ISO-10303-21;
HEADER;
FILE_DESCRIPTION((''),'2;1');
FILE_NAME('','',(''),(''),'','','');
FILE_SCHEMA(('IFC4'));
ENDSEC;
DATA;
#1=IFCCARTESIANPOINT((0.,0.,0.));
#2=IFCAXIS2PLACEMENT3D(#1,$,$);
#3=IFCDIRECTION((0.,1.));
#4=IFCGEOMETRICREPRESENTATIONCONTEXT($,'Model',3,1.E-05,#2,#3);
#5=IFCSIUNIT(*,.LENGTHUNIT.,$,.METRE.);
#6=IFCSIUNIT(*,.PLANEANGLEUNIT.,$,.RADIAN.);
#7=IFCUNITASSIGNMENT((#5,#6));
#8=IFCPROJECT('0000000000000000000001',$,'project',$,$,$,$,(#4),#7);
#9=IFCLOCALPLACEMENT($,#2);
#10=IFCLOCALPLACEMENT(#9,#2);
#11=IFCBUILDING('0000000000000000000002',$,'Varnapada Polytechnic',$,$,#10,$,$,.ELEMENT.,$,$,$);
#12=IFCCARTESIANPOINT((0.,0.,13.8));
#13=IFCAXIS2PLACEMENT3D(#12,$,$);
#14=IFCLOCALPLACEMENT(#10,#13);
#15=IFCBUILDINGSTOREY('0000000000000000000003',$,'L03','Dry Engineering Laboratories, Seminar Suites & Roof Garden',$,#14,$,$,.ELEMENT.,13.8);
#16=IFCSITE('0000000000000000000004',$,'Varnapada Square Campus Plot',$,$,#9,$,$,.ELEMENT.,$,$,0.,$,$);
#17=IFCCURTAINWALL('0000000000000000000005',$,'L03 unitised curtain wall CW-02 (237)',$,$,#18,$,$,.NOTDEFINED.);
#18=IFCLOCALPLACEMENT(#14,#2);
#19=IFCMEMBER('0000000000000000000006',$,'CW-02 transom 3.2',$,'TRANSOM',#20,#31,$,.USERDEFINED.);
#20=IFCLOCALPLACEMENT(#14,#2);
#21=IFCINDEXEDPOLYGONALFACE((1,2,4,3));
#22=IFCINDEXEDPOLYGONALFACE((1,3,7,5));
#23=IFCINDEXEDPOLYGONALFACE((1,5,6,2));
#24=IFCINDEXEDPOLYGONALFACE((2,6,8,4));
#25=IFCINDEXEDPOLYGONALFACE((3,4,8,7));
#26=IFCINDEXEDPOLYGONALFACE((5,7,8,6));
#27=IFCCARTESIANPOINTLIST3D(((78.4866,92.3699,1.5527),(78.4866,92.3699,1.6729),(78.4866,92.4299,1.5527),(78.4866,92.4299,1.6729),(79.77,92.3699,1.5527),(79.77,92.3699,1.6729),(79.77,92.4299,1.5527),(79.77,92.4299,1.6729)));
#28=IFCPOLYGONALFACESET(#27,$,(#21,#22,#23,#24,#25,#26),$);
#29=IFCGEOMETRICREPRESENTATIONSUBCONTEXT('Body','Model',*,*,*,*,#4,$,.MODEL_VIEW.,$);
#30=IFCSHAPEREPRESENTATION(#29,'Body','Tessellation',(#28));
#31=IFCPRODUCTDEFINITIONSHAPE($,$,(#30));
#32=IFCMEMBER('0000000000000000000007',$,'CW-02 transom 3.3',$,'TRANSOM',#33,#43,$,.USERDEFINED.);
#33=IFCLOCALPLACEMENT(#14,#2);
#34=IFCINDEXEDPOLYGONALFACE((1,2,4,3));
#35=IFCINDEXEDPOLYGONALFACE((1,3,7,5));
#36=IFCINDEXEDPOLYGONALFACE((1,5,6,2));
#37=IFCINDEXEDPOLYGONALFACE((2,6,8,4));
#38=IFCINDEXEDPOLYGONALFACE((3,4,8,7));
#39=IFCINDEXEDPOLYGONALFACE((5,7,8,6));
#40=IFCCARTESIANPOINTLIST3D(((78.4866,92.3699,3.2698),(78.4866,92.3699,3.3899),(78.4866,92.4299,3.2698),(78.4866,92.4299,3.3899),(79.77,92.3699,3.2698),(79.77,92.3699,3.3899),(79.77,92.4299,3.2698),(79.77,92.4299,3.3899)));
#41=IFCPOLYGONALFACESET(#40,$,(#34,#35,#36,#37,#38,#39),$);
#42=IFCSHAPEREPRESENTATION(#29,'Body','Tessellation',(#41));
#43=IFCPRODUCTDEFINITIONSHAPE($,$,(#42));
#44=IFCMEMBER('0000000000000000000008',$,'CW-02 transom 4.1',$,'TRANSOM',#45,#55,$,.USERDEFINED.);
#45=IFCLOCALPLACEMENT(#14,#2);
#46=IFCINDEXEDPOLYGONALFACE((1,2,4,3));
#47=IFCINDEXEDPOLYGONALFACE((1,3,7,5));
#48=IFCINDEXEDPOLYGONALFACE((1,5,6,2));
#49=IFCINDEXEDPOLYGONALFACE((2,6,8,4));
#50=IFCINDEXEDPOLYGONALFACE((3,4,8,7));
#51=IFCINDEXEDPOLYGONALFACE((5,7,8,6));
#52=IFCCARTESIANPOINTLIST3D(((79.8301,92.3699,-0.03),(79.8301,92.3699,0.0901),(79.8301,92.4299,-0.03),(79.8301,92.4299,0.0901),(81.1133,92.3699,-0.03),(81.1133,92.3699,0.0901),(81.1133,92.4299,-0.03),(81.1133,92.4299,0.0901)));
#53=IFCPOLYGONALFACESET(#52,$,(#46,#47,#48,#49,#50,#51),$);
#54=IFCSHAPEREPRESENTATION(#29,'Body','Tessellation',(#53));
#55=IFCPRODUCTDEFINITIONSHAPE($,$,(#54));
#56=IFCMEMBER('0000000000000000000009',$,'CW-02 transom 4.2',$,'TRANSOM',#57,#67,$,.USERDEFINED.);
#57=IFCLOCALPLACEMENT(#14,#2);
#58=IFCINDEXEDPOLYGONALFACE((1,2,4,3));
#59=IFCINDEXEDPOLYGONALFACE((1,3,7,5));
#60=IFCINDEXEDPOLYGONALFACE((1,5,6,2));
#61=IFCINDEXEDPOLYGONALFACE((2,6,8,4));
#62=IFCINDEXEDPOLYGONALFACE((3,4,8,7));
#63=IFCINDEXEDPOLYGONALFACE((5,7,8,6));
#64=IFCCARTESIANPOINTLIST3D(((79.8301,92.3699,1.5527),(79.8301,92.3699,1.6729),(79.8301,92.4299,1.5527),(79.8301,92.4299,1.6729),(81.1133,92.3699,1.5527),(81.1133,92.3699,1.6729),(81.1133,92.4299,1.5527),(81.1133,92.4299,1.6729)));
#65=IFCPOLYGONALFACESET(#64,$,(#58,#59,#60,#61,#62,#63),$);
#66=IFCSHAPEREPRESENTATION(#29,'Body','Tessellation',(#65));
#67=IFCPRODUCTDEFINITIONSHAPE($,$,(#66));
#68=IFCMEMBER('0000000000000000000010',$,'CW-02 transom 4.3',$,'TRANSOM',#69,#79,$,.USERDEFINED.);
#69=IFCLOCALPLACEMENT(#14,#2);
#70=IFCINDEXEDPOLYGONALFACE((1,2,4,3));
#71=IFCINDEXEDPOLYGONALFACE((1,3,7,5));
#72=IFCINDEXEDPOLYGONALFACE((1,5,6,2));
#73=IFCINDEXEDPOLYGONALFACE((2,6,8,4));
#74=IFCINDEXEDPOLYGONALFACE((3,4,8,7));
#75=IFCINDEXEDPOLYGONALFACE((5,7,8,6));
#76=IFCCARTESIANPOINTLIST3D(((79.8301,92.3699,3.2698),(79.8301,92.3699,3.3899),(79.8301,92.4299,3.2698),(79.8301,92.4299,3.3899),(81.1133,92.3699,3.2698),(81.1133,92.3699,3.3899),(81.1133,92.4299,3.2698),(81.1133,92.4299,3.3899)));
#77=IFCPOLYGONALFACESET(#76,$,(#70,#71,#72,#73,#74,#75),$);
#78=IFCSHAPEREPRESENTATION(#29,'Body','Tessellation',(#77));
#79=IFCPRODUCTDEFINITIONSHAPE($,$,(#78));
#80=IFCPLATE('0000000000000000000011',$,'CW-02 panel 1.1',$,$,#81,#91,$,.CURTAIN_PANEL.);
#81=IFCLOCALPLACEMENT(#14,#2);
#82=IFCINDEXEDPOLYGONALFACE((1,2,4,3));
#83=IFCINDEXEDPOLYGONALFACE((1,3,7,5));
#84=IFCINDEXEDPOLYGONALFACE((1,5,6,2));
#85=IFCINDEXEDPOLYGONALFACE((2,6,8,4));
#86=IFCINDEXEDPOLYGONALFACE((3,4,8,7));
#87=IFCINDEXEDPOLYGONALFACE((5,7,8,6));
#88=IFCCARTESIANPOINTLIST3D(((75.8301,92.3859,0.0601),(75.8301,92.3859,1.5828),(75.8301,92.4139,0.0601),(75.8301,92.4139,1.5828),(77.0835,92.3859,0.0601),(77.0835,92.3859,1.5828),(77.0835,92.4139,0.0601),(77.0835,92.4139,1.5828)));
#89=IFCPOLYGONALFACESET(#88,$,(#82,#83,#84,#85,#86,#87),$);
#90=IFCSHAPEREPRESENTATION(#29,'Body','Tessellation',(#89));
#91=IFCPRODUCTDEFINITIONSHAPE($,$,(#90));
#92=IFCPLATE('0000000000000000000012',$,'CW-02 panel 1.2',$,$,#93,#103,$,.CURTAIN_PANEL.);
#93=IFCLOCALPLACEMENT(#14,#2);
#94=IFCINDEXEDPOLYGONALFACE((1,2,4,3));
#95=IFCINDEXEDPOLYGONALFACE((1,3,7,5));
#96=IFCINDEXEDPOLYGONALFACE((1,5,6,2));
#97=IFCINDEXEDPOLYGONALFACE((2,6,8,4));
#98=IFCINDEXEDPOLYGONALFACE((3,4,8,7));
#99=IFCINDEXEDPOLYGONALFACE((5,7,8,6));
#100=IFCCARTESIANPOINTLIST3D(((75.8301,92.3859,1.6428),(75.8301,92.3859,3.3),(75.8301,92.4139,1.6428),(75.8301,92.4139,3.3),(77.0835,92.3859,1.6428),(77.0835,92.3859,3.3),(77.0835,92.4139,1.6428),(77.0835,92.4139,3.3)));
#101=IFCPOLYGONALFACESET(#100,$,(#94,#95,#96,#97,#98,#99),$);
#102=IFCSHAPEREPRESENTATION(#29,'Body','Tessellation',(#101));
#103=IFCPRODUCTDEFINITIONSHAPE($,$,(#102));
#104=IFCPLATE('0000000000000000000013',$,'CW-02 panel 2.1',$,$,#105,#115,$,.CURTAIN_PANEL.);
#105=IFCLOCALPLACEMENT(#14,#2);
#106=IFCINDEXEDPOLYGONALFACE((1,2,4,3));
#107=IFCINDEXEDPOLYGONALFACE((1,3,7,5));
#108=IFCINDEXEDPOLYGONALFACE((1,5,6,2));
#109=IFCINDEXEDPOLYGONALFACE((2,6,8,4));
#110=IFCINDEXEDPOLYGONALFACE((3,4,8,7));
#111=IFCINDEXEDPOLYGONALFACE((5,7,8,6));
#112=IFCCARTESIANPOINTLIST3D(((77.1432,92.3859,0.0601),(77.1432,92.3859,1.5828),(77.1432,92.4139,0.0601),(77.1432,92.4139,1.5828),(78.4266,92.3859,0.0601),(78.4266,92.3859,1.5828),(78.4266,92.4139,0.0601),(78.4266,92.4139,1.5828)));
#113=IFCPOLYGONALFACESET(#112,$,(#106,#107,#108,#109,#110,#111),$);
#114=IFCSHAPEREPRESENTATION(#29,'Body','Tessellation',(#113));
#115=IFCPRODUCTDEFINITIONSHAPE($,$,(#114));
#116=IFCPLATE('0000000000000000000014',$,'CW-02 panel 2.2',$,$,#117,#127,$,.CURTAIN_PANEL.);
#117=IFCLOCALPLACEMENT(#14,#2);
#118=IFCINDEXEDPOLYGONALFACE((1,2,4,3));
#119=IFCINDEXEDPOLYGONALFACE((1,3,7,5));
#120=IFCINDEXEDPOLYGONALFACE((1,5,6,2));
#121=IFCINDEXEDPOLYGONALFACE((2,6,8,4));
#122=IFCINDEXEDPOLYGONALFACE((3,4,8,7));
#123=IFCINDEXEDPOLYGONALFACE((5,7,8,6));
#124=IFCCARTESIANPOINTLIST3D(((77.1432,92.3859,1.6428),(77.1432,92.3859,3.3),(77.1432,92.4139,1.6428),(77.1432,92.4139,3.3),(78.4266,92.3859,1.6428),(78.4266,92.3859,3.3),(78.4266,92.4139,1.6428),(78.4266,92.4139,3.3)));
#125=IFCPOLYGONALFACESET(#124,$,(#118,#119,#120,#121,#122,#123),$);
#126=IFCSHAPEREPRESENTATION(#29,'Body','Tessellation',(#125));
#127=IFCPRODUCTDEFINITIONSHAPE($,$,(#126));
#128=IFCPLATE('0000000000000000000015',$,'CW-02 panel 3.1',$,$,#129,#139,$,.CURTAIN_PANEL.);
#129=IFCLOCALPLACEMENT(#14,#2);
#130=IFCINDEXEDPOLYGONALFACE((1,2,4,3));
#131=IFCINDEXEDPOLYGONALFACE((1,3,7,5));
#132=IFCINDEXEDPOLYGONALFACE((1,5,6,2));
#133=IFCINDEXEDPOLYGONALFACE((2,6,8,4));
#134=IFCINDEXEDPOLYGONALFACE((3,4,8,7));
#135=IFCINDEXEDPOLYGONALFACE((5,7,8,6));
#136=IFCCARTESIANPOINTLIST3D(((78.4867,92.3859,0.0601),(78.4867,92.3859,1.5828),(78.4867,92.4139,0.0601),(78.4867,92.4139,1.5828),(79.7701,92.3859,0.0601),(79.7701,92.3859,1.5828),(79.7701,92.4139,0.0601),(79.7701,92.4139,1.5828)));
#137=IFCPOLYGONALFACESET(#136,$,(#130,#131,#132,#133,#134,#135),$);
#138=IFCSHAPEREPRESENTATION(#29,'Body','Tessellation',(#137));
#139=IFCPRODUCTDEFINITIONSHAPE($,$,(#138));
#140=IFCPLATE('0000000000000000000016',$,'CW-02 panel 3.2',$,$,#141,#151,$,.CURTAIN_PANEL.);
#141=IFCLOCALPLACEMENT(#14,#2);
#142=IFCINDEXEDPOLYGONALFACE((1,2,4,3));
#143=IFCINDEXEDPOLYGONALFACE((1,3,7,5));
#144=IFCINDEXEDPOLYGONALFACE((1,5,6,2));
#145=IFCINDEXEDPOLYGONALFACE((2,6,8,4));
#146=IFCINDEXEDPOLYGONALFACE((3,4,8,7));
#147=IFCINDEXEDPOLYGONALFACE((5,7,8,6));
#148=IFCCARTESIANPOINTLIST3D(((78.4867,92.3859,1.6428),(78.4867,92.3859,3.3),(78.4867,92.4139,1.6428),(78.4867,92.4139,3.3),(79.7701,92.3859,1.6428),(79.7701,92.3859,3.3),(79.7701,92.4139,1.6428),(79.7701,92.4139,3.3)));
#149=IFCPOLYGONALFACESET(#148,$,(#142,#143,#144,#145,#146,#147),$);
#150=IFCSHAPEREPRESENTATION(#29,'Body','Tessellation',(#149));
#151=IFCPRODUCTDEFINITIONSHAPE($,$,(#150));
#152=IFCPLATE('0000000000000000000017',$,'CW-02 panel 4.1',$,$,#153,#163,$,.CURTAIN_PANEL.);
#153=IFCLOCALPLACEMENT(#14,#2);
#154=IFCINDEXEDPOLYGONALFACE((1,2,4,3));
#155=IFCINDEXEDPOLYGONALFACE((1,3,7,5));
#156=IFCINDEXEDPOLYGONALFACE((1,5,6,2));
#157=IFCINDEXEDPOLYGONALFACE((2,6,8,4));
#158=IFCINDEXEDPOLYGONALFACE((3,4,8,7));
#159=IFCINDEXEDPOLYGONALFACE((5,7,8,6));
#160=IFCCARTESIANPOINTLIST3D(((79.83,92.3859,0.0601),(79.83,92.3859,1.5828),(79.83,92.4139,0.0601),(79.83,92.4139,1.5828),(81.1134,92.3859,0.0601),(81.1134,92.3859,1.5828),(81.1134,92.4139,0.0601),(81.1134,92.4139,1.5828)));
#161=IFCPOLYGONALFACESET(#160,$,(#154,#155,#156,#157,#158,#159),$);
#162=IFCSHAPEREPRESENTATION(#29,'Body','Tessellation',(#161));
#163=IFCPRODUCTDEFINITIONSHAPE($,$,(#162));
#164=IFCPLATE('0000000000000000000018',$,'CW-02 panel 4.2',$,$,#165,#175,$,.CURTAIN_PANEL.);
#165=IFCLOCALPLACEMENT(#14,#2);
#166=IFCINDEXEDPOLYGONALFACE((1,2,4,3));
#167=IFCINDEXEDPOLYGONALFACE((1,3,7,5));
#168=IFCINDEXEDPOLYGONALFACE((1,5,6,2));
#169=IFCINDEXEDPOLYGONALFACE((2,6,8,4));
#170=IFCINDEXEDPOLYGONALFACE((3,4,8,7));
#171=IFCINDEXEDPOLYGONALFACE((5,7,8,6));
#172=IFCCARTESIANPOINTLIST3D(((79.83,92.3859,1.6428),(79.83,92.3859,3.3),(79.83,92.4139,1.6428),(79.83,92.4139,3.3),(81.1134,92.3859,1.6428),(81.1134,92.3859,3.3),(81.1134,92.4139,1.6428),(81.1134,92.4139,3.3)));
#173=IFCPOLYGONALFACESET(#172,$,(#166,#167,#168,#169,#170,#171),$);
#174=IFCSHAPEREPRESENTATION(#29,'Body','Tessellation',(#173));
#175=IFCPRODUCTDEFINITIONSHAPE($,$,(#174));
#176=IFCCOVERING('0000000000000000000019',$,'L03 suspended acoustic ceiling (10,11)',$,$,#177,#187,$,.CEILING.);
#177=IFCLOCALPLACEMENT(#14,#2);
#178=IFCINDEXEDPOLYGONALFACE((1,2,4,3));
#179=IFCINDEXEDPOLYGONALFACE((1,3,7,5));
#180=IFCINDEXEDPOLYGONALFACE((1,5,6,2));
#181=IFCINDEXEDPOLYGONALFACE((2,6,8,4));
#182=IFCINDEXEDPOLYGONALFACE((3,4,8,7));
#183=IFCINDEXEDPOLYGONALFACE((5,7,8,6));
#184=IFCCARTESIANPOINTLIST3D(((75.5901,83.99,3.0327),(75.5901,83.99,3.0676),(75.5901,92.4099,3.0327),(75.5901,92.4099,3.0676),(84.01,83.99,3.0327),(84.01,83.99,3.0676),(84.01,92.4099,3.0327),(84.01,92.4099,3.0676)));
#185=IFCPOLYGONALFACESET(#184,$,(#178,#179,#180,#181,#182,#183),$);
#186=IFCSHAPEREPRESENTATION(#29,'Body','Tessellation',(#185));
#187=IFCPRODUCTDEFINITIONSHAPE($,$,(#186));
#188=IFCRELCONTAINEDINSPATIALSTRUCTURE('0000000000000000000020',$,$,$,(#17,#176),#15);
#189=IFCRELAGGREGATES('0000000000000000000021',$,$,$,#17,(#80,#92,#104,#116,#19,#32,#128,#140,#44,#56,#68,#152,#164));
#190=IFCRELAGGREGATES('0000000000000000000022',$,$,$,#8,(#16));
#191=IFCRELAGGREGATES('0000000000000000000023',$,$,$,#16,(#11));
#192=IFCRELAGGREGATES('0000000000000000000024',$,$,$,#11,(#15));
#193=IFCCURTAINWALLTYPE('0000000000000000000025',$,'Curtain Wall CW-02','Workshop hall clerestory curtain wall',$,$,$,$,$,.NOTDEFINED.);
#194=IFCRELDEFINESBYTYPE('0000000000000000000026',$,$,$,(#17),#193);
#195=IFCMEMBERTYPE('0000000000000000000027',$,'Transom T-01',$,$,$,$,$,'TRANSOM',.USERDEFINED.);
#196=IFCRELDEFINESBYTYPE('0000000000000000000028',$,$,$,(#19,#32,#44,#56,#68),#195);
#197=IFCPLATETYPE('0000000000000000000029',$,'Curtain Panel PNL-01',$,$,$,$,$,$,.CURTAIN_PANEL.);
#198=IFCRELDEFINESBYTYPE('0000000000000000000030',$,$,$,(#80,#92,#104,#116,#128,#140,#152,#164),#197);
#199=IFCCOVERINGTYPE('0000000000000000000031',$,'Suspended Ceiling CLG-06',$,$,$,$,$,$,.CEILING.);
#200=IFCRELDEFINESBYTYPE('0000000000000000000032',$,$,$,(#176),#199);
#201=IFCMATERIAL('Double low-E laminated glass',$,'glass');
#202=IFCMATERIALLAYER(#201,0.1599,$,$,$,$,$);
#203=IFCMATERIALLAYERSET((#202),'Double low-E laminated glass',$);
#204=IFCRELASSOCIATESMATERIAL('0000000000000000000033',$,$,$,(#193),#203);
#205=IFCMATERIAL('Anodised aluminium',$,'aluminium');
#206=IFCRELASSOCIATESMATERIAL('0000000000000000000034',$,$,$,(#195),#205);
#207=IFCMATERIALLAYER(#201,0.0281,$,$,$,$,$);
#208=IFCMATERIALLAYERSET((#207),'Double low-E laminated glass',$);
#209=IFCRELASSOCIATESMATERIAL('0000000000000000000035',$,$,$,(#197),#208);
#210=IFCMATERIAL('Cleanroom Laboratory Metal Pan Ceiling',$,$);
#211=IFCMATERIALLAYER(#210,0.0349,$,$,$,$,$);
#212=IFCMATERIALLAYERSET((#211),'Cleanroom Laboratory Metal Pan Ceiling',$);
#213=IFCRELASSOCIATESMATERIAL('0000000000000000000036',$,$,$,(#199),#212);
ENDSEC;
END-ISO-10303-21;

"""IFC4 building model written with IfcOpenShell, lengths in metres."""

from ifc_helpers import new_model, si_unit, direction, frame, origin, origin_2d, place, context, subcontext, project, spatial, rectangle, extrude, material, layer, layer_set, material_profile, profile_set, type_object, element, aggregate, save


model = new_model("IFC4")

# Units and contexts
model_context = context("Model", 3, precision=1e-05, world=origin(), true_north=direction((0.0, 1.0)))
body_context = subcontext(model_context, "Body", "Model", "MODEL_VIEW")
ifc_project = project(units=[si_unit("LENGTHUNIT", "METRE"), si_unit("PLANEANGLEUNIT", "RADIAN")], contexts=[model_context])

# Site, building, storey
site_placement = place(None, origin())
site = spatial("IfcSite", under=ifc_project, at=site_placement, Name="Varnapada Square Campus Plot", CompositionType="ELEMENT", RefElevation=0.0)
building_placement = place(site_placement, origin())
building = spatial("IfcBuilding", under=site, at=building_placement, Name="Varnapada Polytechnic", CompositionType="ELEMENT")
storey_placement = place(building_placement, frame((0.0, 0.0, 13.8)))
storey = spatial("IfcBuildingStorey", under=building, at=storey_placement, Name="L03", Description="Dry Engineering Laboratories, Seminar Suites & Roof Garden", CompositionType="ELEMENT", Elevation=13.8)

# Curtain wall
ifc_material_1 = material(Name="Double low-E laminated glass", Category="glass")
ifc_layer_1 = layer(ifc_material_1, 0.1599)
ifc_layer_set_1 = layer_set([ifc_layer_1], Name="Double low-E laminated glass")
curtain_wall_type = type_object("IfcCurtainWallType", Name="Curtain Wall CW-02", Description="Workshop hall clerestory curtain wall", PredefinedType="NOTDEFINED", material=ifc_layer_set_1)
curtain_wall_placement = place(storey_placement, origin())
curtain_wall = element("IfcCurtainWall", 1, at=curtain_wall_placement, inside=storey, type_object=curtain_wall_type, Name="L03 unitised curtain wall CW-02 (237)", PredefinedType="NOTDEFINED")
ifc_material_2 = material(Name="Anodised aluminium", Category="aluminium")

# Members
ifc_material_profile_1 = material_profile(ifc_material_2, rectangle(XDim=0.0601, YDim=0.1201, at=origin_2d()), Name="ALU T60x120")
ifc_profile_set_1 = profile_set([ifc_material_profile_1], Name="Anodised aluminium")
member_type_1 = type_object("IfcMemberType", Name="Transom T-01", ElementType="TRANSOM", PredefinedType="USERDEFINED", material=ifc_profile_set_1)
member_1_placement = place(storey_placement, frame((78.4866, 92.3999, 1.6128), z_axis=(1.0, 0.0, 0.0), x_axis=(0.0, 1.0, 0.0)))
member_1 = element("IfcMember", 2, at=member_1_placement, type_object=member_type_1, Name="CW-02 transom 3.2", ObjectType="TRANSOM", PredefinedType="USERDEFINED", context=body_context, shape_type="SweptSolid", body=[
    extrude(rectangle(XDim=0.0601, YDim=0.1201, at=origin_2d()), origin(), (0.0, 0.0, 1.0), 1.2834),
])
member_2_placement = place(storey_placement, frame((78.4866, 92.3999, 3.3298), z_axis=(1.0, 0.0, 0.0), x_axis=(0.0, 1.0, 0.0)))
member_2 = element("IfcMember", 3, at=member_2_placement, type_object=member_type_1, Name="CW-02 transom 3.3", ObjectType="TRANSOM", PredefinedType="USERDEFINED", context=body_context, shape_type="SweptSolid", body=[
    extrude(rectangle(XDim=0.0601, YDim=0.1201, at=origin_2d()), origin(), (0.0, 0.0, 1.0), 1.2834),
])
member_3_placement = place(storey_placement, frame((79.8301, 92.3999, 0.03), z_axis=(1.0, 0.0, 0.0), x_axis=(0.0, 1.0, 0.0)))
member_3 = element("IfcMember", 4, at=member_3_placement, type_object=member_type_1, Name="CW-02 transom 4.1", ObjectType="TRANSOM", PredefinedType="USERDEFINED", context=body_context, shape_type="SweptSolid", body=[
    extrude(rectangle(XDim=0.0601, YDim=0.1201, at=origin_2d()), origin(), (0.0, 0.0, 1.0), 1.2832),
])
member_4_placement = place(storey_placement, frame((79.8301, 92.3999, 1.6128), z_axis=(1.0, 0.0, 0.0), x_axis=(0.0, 1.0, 0.0)))
member_4 = element("IfcMember", 5, at=member_4_placement, type_object=member_type_1, Name="CW-02 transom 4.2", ObjectType="TRANSOM", PredefinedType="USERDEFINED", context=body_context, shape_type="SweptSolid", body=[
    extrude(rectangle(XDim=0.0601, YDim=0.1201, at=origin_2d()), origin(), (0.0, 0.0, 1.0), 1.2832),
])
member_5_placement = place(storey_placement, frame((79.8301, 92.3999, 3.3298), z_axis=(1.0, 0.0, 0.0), x_axis=(0.0, 1.0, 0.0)))
member_5 = element("IfcMember", 6, at=member_5_placement, type_object=member_type_1, Name="CW-02 transom 4.3", ObjectType="TRANSOM", PredefinedType="USERDEFINED", context=body_context, shape_type="SweptSolid", body=[
    extrude(rectangle(XDim=0.0601, YDim=0.1201, at=origin_2d()), origin(), (0.0, 0.0, 1.0), 1.2832),
])

# Plates
ifc_layer_2 = layer(ifc_material_1, 0.0281)
ifc_layer_set_2 = layer_set([ifc_layer_2], Name="Double low-E laminated glass")
plate_type = type_object("IfcPlateType", Name="Curtain Panel PNL-01", PredefinedType="CURTAIN_PANEL", material=ifc_layer_set_2)
plate_1_placement = place(storey_placement, frame((76.4568, 92.3999, 0.0601), z_axis=(0.0, 0.0, 1.0), x_axis=(1.0, 0.0, 0.0)))
plate_1 = element("IfcPlate", 7, at=plate_1_placement, type_object=plate_type, Name="CW-02 panel 1.1", PredefinedType="CURTAIN_PANEL", context=body_context, shape_type="SweptSolid", body=[
    extrude(rectangle(XDim=1.2534, YDim=0.0281, at=origin_2d()), origin(), (0.0, 0.0, 1.0), 1.5227),
])
plate_2_placement = place(storey_placement, frame((76.4568, 92.3999, 1.6428), z_axis=(0.0, 0.0, 1.0), x_axis=(1.0, 0.0, 0.0)))
plate_2 = element("IfcPlate", 8, at=plate_2_placement, type_object=plate_type, Name="CW-02 panel 1.2", PredefinedType="CURTAIN_PANEL", context=body_context, shape_type="SweptSolid", body=[
    extrude(rectangle(XDim=1.2534, YDim=0.0281, at=origin_2d()), origin(), (0.0, 0.0, 1.0), 1.6572),
])
plate_3_placement = place(storey_placement, frame((77.7849, 92.3999, 0.0601), z_axis=(0.0, 0.0, 1.0), x_axis=(1.0, 0.0, 0.0)))
plate_3 = element("IfcPlate", 9, at=plate_3_placement, type_object=plate_type, Name="CW-02 panel 2.1", PredefinedType="CURTAIN_PANEL", context=body_context, shape_type="SweptSolid", body=[
    extrude(rectangle(XDim=1.2834, YDim=0.0281, at=origin_2d()), origin(), (0.0, 0.0, 1.0), 1.5227),
])
plate_4_placement = place(storey_placement, frame((77.7849, 92.3999, 1.6428), z_axis=(0.0, 0.0, 1.0), x_axis=(1.0, 0.0, 0.0)))
plate_4 = element("IfcPlate", 10, at=plate_4_placement, type_object=plate_type, Name="CW-02 panel 2.2", PredefinedType="CURTAIN_PANEL", context=body_context, shape_type="SweptSolid", body=[
    extrude(rectangle(XDim=1.2834, YDim=0.0281, at=origin_2d()), origin(), (0.0, 0.0, 1.0), 1.6572),
])
plate_5_placement = place(storey_placement, frame((79.1284, 92.3999, 0.0601), z_axis=(0.0, 0.0, 1.0), x_axis=(1.0, 0.0, 0.0)))
plate_5 = element("IfcPlate", 11, at=plate_5_placement, type_object=plate_type, Name="CW-02 panel 3.1", PredefinedType="CURTAIN_PANEL", context=body_context, shape_type="SweptSolid", body=[
    extrude(rectangle(XDim=1.2834, YDim=0.0281, at=origin_2d()), origin(), (0.0, 0.0, 1.0), 1.5227),
])
plate_6_placement = place(storey_placement, frame((79.1284, 92.3999, 1.6428), z_axis=(0.0, 0.0, 1.0), x_axis=(1.0, 0.0, 0.0)))
plate_6 = element("IfcPlate", 12, at=plate_6_placement, type_object=plate_type, Name="CW-02 panel 3.2", PredefinedType="CURTAIN_PANEL", context=body_context, shape_type="SweptSolid", body=[
    extrude(rectangle(XDim=1.2834, YDim=0.0281, at=origin_2d()), origin(), (0.0, 0.0, 1.0), 1.6572),
])
plate_7_placement = place(storey_placement, frame((80.4717, 92.3999, 0.0601), z_axis=(0.0, 0.0, 1.0), x_axis=(1.0, 0.0, 0.0)))
plate_7 = element("IfcPlate", 13, at=plate_7_placement, type_object=plate_type, Name="CW-02 panel 4.1", PredefinedType="CURTAIN_PANEL", context=body_context, shape_type="SweptSolid", body=[
    extrude(rectangle(XDim=1.2834, YDim=0.0281, at=origin_2d()), origin(), (0.0, 0.0, 1.0), 1.5227),
])
plate_8_placement = place(storey_placement, frame((80.4717, 92.3999, 1.6428), z_axis=(0.0, 0.0, 1.0), x_axis=(1.0, 0.0, 0.0)))
plate_8 = element("IfcPlate", 14, at=plate_8_placement, type_object=plate_type, Name="CW-02 panel 4.2", PredefinedType="CURTAIN_PANEL", context=body_context, shape_type="SweptSolid", body=[
    extrude(rectangle(XDim=1.2834, YDim=0.0281, at=origin_2d()), origin(), (0.0, 0.0, 1.0), 1.6572),
])
aggregate(curtain_wall, [plate_1, plate_2, plate_3, plate_4, member_1, member_2, plate_5, plate_6, member_3, member_4, member_5, plate_7, plate_8])

# Covering
ifc_material_3 = material(Name="Cleanroom Laboratory Metal Pan Ceiling")
ifc_layer_3 = layer(ifc_material_3, 0.0349)
ifc_layer_set_3 = layer_set([ifc_layer_3], Name="Cleanroom Laboratory Metal Pan Ceiling")
covering_type = type_object("IfcCoveringType", Name="Suspended Ceiling CLG-06", PredefinedType="CEILING", material=ifc_layer_set_3)
covering_placement = place(storey_placement, frame((79.8, 88.2, 3.0327), z_axis=(0.0, 0.0, 1.0), x_axis=(1.0, 0.0, 0.0)))
element("IfcCovering", 15, at=covering_placement, inside=storey, type_object=covering_type, Name="L03 suspended acoustic ceiling (10,11)", PredefinedType="CEILING", context=body_context, shape_type="SweptSolid", body=[
    extrude(rectangle(XDim=8.4199, YDim=8.4199, at=origin_2d()), origin(), (0.0, 0.0, 1.0), 0.0349),
])

save(model, "model.ifc")
